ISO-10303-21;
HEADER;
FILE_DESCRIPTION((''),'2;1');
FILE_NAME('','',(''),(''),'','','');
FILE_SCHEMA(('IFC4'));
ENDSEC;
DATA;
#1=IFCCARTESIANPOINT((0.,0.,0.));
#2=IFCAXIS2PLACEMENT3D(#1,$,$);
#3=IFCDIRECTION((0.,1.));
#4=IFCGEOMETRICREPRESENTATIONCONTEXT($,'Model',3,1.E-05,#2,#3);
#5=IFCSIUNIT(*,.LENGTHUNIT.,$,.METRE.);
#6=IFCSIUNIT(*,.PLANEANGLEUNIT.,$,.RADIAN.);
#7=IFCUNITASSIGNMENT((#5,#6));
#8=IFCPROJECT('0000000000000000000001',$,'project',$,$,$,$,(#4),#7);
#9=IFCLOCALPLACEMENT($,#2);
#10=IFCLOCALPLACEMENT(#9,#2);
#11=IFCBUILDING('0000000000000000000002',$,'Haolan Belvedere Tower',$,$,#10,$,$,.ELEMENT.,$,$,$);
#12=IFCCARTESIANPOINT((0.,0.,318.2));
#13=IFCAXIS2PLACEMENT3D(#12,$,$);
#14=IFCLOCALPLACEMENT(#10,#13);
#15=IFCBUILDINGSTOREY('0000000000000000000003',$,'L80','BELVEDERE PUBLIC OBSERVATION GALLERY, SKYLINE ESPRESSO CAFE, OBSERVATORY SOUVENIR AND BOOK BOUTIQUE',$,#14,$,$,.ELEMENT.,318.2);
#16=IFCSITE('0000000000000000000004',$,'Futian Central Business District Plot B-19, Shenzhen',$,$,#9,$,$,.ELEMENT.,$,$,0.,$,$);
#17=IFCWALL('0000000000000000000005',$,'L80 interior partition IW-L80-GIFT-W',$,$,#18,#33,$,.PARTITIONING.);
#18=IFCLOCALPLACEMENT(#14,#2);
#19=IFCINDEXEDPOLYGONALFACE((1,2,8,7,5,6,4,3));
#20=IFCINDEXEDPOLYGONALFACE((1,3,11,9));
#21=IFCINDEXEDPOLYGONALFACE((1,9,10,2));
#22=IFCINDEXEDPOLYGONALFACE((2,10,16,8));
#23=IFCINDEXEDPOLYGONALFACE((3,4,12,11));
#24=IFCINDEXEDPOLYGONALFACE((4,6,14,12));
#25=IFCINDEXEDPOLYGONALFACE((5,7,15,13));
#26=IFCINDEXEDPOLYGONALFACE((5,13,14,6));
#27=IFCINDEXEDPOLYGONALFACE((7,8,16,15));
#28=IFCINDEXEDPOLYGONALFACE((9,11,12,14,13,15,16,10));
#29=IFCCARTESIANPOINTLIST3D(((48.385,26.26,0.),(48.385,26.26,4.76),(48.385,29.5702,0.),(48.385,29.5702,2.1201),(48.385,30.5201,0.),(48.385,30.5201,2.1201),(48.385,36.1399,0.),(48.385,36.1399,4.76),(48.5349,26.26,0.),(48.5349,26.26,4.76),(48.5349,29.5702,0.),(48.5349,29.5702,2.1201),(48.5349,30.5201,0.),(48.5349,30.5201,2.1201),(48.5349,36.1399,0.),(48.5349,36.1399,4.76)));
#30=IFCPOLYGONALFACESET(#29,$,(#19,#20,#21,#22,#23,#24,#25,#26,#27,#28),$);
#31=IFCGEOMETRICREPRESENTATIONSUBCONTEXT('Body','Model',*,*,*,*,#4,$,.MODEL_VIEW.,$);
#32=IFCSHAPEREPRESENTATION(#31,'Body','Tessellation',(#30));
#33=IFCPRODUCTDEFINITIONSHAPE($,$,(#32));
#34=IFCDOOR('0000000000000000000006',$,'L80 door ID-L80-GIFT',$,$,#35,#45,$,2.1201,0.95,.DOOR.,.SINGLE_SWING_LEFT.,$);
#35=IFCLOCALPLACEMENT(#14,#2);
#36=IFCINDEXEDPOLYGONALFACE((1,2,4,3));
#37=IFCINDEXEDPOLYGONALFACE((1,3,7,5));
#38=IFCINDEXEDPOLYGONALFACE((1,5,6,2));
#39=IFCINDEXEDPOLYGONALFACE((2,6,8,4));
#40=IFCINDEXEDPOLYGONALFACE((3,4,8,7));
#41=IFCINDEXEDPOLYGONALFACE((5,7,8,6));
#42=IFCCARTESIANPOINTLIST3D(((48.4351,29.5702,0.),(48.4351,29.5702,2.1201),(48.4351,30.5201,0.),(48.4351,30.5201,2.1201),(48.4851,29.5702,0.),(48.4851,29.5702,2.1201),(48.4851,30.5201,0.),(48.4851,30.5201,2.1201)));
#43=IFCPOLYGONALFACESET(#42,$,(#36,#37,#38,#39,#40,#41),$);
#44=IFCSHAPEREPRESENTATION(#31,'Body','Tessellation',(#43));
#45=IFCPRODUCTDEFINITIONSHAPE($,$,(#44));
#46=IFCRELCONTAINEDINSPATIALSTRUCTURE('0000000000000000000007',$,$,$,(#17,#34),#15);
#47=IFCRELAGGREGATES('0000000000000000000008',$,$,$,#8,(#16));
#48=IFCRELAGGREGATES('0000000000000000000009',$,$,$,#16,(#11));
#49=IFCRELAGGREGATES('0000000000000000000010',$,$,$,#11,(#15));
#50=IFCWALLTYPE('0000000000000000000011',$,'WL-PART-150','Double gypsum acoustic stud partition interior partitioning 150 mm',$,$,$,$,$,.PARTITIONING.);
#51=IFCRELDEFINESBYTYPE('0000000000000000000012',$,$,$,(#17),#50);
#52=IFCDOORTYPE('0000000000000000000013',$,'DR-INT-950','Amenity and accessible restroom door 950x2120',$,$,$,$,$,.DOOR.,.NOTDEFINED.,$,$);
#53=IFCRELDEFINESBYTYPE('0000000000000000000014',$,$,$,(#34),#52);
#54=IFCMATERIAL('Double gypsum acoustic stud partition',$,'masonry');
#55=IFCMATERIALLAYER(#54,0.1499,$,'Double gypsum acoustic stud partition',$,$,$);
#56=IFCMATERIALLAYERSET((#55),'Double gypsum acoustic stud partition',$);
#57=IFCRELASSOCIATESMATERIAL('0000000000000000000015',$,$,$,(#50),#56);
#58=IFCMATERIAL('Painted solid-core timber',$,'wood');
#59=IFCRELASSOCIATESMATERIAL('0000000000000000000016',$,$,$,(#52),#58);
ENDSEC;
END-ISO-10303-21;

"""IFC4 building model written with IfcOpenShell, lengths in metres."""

from ifc_helpers import new_model, si_unit, direction, frame, frame_2d, origin, place, context, subcontext, project, spatial, rectangle, extrude, material, layer, layer_set, type_object, element, fill, save


model = new_model("IFC4")

# Units and contexts
model_context = context("Model", 3, precision=1e-05, world=origin(), true_north=direction((0.0, 1.0)))
body_context = subcontext(model_context, "Body", "Model", "MODEL_VIEW")
ifc_project = project(units=[si_unit("LENGTHUNIT", "METRE"), si_unit("PLANEANGLEUNIT", "RADIAN")], contexts=[model_context])

# Site, building, storey
site_placement = place(None, origin())
site = spatial("IfcSite", under=ifc_project, at=site_placement, Name="Futian Central Business District Plot B-19, Shenzhen", CompositionType="ELEMENT", RefElevation=0.0)
building_placement = place(site_placement, origin())
building = spatial("IfcBuilding", under=site, at=building_placement, Name="Haolan Belvedere Tower", CompositionType="ELEMENT")
storey_placement = place(building_placement, frame((0.0, 0.0, 318.2)))
storey = spatial("IfcBuildingStorey", under=building, at=storey_placement, Name="L80", Description="BELVEDERE PUBLIC OBSERVATION GALLERY, SKYLINE ESPRESSO CAFE, OBSERVATORY SOUVENIR AND BOOK BOUTIQUE", CompositionType="ELEMENT", Elevation=318.2)

# Wall, opening, door
ifc_material_1 = material(Name="Double gypsum acoustic stud partition", Category="masonry")
ifc_layer_1 = layer(ifc_material_1, 0.1499, Name="Double gypsum acoustic stud partition")
ifc_layer_set_1 = layer_set([ifc_layer_1], Name="Double gypsum acoustic stud partition")
wall_type_1 = type_object("IfcWallType", Name="WL-PART-150", Description="Double gypsum acoustic stud partition interior partitioning 150 mm", PredefinedType="PARTITIONING", material=ifc_layer_set_1)
wall_1_placement = place(storey_placement, frame((48.46, 26.26, 0.0), z_axis=(0.0, 0.0, 1.0), x_axis=(0.0, 1.0, 0.0)))
wall_1 = element("IfcWall", 1, at=wall_1_placement, inside=storey, type_object=wall_type_1, Name="L80 interior partition IW-L80-GIFT-W", PredefinedType="PARTITIONING", context=body_context, shape_type="SweptSolid", body=[
    extrude(rectangle(XDim=9.8799, YDim=0.1499, at=frame_2d((4.9399, 0.0))), origin(), (0.0, 0.0, 1.0), 4.76),
])
opening_1_placement = place(wall_1_placement, frame((3.3101, 0.0, 0.0)))
opening_1 = element("IfcOpeningElement", 2, at=opening_1_placement, cuts=wall_1, PredefinedType="OPENING", context=body_context, shape_type="SweptSolid", body=[
    extrude(rectangle(XDim=0.95, YDim=2.1201, at=frame_2d((0.4751, 1.0601))), frame((0.0, 0.085, 0.0), z_axis=(0.0, -1.0, 0.0), x_axis=(1.0, 0.0, 0.0)), (0.0, 0.0, 1.0), 0.1699),
])
ifc_material_2 = material(Name="Painted solid-core timber", Category="wood")
door_type_1 = type_object("IfcDoorType", Name="DR-INT-950", Description="Amenity and accessible restroom door 950x2120", OperationType="NOTDEFINED", PredefinedType="DOOR", material=ifc_material_2)
door_1_placement = place(opening_1_placement, origin())
door_1 = element("IfcDoor", 3, at=door_1_placement, inside=storey, type_object=door_type_1, Name="L80 door ID-L80-GIFT", OperationType="SINGLE_SWING_LEFT", OverallHeight=2.1201, OverallWidth=0.95, PredefinedType="DOOR", context=body_context, shape_type="SweptSolid", body=[
    extrude(rectangle(XDim=0.95, YDim=2.1201, at=frame_2d((0.4751, 1.0601))), frame((0.0, 0.0249, 0.0), z_axis=(0.0, -1.0, 0.0), x_axis=(1.0, 0.0, 0.0)), (0.0, 0.0, 1.0), 0.05),
])
fill(opening_1, door_1)

save(model, "model.ifc")
